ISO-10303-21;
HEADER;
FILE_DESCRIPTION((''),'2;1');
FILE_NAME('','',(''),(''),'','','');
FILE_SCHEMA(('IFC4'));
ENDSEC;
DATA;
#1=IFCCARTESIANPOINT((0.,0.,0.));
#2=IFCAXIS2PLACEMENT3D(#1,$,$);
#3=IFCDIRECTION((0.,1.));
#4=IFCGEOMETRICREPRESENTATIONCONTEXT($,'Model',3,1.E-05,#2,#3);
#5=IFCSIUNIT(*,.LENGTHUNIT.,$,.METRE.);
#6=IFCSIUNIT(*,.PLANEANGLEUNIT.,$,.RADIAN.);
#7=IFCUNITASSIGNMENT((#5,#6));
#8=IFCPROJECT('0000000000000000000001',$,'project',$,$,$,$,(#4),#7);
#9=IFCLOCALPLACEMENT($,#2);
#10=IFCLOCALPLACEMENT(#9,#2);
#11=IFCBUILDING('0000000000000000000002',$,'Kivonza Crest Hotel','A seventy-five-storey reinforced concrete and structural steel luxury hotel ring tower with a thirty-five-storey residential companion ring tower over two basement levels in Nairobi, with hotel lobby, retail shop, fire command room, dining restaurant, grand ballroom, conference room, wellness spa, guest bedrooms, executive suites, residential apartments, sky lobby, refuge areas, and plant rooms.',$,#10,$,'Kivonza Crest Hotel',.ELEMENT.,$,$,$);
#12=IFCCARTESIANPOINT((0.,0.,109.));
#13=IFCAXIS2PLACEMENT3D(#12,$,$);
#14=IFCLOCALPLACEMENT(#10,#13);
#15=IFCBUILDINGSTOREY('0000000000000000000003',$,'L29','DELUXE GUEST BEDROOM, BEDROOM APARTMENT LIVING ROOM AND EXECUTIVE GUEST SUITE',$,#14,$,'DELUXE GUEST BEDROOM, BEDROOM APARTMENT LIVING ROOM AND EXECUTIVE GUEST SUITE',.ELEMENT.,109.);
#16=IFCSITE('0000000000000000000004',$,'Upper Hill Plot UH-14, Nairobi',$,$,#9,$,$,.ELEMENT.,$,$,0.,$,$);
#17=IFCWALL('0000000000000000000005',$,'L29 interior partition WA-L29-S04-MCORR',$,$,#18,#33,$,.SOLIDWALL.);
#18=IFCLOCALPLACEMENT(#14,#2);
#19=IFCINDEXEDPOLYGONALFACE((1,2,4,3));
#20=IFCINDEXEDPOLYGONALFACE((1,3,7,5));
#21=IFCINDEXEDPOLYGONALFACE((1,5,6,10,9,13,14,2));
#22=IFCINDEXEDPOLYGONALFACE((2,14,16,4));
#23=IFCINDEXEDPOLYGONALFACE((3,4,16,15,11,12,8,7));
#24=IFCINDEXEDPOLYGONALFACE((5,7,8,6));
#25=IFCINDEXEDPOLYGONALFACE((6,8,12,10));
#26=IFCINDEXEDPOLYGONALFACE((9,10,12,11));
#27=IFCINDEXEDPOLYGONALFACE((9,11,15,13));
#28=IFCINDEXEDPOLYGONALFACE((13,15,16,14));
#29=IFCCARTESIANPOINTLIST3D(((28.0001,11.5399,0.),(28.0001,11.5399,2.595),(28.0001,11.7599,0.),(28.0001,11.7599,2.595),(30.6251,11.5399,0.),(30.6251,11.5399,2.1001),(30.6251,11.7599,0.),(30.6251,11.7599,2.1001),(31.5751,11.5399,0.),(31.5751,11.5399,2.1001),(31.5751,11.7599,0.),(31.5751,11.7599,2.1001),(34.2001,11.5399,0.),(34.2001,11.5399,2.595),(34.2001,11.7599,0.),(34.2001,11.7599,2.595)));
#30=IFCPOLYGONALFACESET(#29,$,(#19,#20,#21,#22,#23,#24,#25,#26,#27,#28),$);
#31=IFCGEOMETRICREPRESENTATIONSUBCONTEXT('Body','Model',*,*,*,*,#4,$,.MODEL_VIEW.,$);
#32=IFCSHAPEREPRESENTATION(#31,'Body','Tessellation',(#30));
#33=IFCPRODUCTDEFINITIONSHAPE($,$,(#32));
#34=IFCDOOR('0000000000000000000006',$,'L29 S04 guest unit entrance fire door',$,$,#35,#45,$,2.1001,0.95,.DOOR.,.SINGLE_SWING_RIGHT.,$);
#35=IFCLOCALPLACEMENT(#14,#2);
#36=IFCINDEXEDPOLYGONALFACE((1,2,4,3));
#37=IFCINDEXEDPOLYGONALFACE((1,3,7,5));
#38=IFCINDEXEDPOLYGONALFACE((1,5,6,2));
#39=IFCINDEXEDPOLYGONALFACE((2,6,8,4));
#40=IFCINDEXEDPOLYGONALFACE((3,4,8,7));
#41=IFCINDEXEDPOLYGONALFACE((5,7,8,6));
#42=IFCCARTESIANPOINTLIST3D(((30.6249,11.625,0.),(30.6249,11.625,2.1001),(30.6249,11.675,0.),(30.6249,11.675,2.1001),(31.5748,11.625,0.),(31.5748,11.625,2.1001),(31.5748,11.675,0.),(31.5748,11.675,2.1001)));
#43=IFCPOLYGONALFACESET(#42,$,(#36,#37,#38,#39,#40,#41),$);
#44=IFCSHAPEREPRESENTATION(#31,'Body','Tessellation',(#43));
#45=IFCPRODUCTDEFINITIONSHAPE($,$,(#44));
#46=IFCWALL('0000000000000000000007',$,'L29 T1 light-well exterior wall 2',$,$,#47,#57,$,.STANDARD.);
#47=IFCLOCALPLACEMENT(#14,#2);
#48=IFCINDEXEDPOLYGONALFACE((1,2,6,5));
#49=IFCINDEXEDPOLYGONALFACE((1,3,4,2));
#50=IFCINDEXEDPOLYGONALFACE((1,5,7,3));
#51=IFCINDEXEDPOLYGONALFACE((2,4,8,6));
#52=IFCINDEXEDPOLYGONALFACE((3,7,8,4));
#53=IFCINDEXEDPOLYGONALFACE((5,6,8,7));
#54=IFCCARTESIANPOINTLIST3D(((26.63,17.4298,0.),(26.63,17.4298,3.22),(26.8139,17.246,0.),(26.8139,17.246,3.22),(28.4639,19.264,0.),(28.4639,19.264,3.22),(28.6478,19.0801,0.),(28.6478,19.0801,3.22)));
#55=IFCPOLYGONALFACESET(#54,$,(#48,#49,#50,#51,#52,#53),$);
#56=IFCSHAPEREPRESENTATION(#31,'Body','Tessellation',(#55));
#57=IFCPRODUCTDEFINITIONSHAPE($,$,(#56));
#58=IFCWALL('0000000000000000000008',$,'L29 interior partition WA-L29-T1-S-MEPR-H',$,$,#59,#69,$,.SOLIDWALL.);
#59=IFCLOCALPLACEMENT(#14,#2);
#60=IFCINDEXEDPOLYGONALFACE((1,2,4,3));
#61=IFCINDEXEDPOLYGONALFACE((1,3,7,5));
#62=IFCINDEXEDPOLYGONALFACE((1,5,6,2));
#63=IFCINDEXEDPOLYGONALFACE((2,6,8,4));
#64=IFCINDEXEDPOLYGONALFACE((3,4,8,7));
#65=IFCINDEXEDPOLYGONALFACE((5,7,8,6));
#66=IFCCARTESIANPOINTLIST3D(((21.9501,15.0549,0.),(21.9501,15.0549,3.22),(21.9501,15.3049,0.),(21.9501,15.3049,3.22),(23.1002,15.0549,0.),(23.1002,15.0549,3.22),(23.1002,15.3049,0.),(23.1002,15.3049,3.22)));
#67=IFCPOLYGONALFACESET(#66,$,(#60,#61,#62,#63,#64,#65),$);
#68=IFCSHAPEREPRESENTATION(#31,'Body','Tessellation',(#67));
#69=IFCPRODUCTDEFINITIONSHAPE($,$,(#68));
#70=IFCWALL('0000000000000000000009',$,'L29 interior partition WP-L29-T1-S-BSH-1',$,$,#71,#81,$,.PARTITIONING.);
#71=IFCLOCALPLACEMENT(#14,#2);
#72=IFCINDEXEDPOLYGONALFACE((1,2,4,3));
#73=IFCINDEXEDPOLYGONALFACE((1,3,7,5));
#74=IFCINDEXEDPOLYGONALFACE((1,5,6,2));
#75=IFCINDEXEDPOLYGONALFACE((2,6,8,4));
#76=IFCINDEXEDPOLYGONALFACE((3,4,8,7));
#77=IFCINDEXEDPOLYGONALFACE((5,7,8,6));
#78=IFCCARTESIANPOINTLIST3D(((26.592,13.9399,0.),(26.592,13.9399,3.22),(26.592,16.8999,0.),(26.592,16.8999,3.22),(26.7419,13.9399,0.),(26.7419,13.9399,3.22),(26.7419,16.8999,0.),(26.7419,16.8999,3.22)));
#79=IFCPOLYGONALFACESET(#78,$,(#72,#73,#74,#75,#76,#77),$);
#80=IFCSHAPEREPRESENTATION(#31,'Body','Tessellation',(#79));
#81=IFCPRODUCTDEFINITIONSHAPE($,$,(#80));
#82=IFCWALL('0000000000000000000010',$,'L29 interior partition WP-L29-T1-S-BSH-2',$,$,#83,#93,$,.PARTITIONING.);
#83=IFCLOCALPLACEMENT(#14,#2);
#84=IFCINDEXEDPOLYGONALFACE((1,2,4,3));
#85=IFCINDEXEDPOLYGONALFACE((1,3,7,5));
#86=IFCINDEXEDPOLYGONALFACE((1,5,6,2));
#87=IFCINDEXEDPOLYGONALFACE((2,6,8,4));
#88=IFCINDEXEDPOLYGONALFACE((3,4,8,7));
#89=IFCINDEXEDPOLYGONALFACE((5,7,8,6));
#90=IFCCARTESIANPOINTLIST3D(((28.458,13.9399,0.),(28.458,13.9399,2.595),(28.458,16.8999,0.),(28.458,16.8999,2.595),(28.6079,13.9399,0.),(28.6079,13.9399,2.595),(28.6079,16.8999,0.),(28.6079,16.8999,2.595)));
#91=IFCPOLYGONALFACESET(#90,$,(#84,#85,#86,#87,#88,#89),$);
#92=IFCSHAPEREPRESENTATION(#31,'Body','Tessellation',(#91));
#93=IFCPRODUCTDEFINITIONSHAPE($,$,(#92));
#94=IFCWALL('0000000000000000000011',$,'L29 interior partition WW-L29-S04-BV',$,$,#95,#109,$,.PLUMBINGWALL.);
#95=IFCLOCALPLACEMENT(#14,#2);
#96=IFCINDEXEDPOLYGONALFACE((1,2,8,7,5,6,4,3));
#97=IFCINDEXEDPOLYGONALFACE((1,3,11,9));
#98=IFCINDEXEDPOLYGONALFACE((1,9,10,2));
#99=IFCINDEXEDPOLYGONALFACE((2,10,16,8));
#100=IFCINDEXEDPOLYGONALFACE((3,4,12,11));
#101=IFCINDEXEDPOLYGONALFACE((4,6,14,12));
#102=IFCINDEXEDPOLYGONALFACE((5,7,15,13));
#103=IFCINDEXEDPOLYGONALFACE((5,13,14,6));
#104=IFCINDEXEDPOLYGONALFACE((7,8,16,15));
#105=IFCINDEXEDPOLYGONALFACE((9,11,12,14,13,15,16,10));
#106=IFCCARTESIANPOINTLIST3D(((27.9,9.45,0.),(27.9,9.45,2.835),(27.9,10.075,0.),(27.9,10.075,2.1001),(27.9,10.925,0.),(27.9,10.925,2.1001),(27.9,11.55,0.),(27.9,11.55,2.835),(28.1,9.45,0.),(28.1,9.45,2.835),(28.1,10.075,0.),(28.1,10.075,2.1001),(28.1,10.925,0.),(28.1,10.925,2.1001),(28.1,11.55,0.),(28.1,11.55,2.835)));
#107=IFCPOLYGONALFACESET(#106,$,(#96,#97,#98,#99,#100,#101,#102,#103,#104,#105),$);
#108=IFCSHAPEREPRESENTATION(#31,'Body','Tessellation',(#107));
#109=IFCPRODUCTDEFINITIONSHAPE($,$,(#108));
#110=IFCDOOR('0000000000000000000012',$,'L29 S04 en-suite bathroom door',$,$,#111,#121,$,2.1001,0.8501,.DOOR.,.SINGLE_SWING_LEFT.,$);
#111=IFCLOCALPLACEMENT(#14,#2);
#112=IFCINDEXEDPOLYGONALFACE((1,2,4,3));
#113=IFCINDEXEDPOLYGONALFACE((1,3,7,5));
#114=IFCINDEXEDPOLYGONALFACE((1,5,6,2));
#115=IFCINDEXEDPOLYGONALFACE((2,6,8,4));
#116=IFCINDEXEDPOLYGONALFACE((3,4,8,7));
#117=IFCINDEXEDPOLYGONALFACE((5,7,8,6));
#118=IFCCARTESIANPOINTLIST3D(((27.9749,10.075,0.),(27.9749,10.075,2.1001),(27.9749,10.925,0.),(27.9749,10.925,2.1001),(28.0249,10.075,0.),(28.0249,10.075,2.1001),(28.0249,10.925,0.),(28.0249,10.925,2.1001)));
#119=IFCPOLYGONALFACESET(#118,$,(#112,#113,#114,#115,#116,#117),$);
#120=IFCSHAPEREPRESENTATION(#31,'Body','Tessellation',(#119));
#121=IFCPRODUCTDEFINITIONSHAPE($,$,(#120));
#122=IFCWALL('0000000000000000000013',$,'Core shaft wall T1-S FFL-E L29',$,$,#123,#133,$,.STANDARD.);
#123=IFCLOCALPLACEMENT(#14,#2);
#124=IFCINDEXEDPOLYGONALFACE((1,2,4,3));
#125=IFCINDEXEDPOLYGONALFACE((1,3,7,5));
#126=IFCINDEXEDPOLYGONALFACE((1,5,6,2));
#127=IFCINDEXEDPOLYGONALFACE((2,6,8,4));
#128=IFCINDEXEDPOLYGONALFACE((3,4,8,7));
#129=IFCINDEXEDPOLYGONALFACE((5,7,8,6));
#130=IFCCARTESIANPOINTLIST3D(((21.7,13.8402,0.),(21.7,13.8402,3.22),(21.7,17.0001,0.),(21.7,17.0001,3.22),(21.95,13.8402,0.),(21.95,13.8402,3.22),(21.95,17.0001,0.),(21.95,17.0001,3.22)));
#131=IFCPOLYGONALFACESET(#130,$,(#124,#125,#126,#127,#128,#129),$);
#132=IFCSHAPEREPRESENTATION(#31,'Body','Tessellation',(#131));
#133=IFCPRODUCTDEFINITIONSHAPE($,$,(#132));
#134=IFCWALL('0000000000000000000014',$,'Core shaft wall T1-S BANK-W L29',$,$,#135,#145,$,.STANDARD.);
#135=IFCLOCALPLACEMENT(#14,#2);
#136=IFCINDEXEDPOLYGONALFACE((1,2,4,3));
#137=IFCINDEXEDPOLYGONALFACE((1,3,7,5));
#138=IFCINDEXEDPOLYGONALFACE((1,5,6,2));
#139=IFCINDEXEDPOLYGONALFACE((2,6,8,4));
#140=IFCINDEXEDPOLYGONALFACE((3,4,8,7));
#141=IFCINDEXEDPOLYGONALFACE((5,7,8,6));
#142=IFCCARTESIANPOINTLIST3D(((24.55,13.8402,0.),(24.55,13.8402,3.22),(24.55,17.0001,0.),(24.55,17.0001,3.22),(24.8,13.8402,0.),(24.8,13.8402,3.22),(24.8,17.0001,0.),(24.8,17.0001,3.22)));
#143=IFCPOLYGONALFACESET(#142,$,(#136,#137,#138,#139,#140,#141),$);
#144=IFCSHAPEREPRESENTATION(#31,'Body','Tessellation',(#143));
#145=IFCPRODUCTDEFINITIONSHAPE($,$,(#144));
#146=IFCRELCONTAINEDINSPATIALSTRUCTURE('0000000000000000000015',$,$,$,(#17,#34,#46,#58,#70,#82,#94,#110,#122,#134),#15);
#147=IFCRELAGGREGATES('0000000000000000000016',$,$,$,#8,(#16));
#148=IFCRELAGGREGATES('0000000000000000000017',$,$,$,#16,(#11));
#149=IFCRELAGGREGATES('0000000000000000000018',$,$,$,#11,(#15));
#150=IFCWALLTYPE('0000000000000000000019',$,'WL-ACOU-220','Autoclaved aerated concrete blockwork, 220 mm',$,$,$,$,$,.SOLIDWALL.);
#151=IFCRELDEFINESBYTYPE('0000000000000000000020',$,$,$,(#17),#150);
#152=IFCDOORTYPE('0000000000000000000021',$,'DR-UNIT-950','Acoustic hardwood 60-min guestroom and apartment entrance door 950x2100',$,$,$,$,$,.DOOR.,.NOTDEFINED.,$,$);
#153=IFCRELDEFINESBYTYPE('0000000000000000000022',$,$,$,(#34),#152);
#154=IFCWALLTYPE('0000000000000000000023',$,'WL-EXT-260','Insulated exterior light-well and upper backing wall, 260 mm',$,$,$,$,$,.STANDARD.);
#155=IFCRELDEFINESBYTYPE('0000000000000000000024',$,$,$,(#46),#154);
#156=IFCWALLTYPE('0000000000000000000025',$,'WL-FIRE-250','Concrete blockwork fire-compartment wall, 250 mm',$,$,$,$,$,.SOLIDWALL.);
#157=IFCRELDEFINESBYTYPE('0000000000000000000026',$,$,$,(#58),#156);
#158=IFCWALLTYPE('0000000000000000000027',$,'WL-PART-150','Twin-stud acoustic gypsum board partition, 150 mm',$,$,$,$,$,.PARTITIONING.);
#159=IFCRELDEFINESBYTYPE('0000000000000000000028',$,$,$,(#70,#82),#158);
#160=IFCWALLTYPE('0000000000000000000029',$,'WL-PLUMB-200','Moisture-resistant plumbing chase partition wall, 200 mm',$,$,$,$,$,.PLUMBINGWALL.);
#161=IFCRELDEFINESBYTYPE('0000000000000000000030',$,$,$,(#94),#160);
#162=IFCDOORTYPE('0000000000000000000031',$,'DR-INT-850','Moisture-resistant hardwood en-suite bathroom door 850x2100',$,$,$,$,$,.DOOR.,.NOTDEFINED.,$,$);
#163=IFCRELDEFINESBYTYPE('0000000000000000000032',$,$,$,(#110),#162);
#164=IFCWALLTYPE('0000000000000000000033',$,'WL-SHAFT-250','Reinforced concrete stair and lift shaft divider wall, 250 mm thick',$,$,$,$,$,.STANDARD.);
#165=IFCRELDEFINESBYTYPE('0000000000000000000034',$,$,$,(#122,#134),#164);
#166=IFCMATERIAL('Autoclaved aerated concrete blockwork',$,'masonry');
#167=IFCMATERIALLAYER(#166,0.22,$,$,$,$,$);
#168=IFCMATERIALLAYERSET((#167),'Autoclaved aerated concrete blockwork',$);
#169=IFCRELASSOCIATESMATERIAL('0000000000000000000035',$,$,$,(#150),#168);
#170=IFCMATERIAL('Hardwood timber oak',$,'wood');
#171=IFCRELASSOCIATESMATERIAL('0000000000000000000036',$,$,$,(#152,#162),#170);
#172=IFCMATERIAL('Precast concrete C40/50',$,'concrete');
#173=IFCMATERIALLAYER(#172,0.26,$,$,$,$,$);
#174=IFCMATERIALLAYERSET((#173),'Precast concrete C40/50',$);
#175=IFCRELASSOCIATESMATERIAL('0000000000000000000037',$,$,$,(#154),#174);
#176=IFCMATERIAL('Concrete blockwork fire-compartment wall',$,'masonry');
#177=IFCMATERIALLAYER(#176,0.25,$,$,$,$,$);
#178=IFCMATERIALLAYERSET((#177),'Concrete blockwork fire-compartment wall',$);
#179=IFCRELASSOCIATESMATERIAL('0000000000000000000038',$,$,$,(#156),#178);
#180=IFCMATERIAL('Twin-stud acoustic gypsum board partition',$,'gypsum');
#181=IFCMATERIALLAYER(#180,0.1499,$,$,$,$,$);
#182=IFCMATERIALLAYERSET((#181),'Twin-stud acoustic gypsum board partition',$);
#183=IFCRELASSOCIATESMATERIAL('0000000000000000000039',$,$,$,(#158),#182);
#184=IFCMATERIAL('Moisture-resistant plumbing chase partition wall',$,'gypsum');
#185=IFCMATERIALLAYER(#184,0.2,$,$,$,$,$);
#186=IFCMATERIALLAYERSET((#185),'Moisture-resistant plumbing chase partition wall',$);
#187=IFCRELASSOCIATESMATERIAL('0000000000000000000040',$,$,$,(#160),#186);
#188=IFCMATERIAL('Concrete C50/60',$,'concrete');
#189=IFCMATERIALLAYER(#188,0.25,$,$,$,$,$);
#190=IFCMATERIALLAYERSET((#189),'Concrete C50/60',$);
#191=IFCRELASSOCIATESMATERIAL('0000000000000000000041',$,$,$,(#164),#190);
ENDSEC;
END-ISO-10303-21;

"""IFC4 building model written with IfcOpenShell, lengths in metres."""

from ifc_helpers import new_model, si_unit, direction, frame, frame_2d, origin, place, context, subcontext, project, spatial, rectangle, extrude, material, layer, layer_set, type_object, element, fill, save


model = new_model("IFC4")

# Units and contexts
model_context = context("Model", 3, precision=1e-05, world=origin(), true_north=direction((0.0, 1.0)))
body_context = subcontext(model_context, "Body", "Model", "MODEL_VIEW")
ifc_project = project(units=[si_unit("LENGTHUNIT", "METRE"), si_unit("PLANEANGLEUNIT", "RADIAN")], contexts=[model_context])

# Site, building, storey
site_placement = place(None, origin())
site = spatial("IfcSite", under=ifc_project, at=site_placement, Name="Upper Hill Plot UH-14, Nairobi", CompositionType="ELEMENT", RefElevation=0.0)
building_placement = place(site_placement, origin())
building = spatial("IfcBuilding", under=site, at=building_placement, Name="Kivonza Crest Hotel", Description="A seventy-five-storey reinforced concrete and structural steel luxury hotel ring tower with a thirty-five-storey residential companion ring tower over two basement levels in Nairobi, with hotel lobby, retail shop, fire command room, dining restaurant, grand ballroom, conference room, wellness spa, guest bedrooms, executive suites, residential apartments, sky lobby, refuge areas, and plant rooms.", LongName="Kivonza Crest Hotel", CompositionType="ELEMENT")
storey_placement = place(building_placement, frame((0.0, 0.0, 109.0)))
storey = spatial("IfcBuildingStorey", under=building, at=storey_placement, Name="L29", Description="DELUXE GUEST BEDROOM, BEDROOM APARTMENT LIVING ROOM AND EXECUTIVE GUEST SUITE", LongName="DELUXE GUEST BEDROOM, BEDROOM APARTMENT LIVING ROOM AND EXECUTIVE GUEST SUITE", CompositionType="ELEMENT", Elevation=109.0)

# Shared definitions
ifc_material_1 = material(Name="Autoclaved aerated concrete blockwork", Category="masonry")
ifc_layer_1 = layer(ifc_material_1, 0.22)
ifc_layer_set_1 = layer_set([ifc_layer_1], Name="Autoclaved aerated concrete blockwork")
wall_type_1 = type_object("IfcWallType", Name="WL-ACOU-220", Description="Autoclaved aerated concrete blockwork, 220 mm", PredefinedType="SOLIDWALL", material=ifc_layer_set_1)
ifc_material_2 = material(Name="Hardwood timber oak", Category="wood")

# Wall, opening, door
wall_1_placement = place(storey_placement, frame((28.0, 11.6499, 0.0), z_axis=(0.0, 0.0, 1.0), x_axis=(1.0, 0.0, 0.0)))
wall_1 = element("IfcWall", 1, at=wall_1_placement, inside=storey, type_object=wall_type_1, Name="L29 interior partition WA-L29-S04-MCORR", PredefinedType="SOLIDWALL", context=body_context, shape_type="SweptSolid", body=[
    extrude(rectangle(XDim=6.2, YDim=0.22, at=frame_2d((3.1001, 0.0))), origin(), (0.0, 0.0, 1.0), 2.595),
])
opening_1_placement = place(wall_1_placement, frame((2.625, 0.0, 0.0)))
opening_1 = element("IfcOpeningElement", 2, at=opening_1_placement, cuts=wall_1, PredefinedType="OPENING", context=body_context, shape_type="SweptSolid", body=[
    extrude(rectangle(XDim=0.95, YDim=2.1001, at=frame_2d((0.4751, 1.05))), frame((0.0, 0.1201, 0.0), z_axis=(0.0, -1.0, 0.0), x_axis=(1.0, 0.0, 0.0)), (0.0, 0.0, 1.0), 0.24),
])
door_type_1 = type_object("IfcDoorType", Name="DR-UNIT-950", Description="Acoustic hardwood 60-min guestroom and apartment entrance door 950x2100", OperationType="NOTDEFINED", PredefinedType="DOOR", material=ifc_material_2)
door_1_placement = place(opening_1_placement, frame((0.95, 0.0, 0.0), z_axis=(0.0, 0.0, 1.0), x_axis=(-1.0, 0.0, 0.0)))
door_1 = element("IfcDoor", 3, at=door_1_placement, inside=storey, type_object=door_type_1, Name="L29 S04 guest unit entrance fire door", OperationType="SINGLE_SWING_RIGHT", OverallHeight=2.1001, OverallWidth=0.95, PredefinedType="DOOR", context=body_context, shape_type="SweptSolid", body=[
    extrude(rectangle(XDim=0.95, YDim=2.1001, at=frame_2d((0.4751, 1.05))), frame((0.0, 0.0249, 0.0), z_axis=(0.0, -1.0, 0.0), x_axis=(1.0, 0.0, 0.0)), (0.0, 0.0, 1.0), 0.05),
])
fill(opening_1, door_1)

# Walls
ifc_material_3 = material(Name="Precast concrete C40/50", Category="concrete")
ifc_layer_2 = layer(ifc_material_3, 0.26)
ifc_layer_set_2 = layer_set([ifc_layer_2], Name="Precast concrete C40/50")
wall_type_2 = type_object("IfcWallType", Name="WL-EXT-260", Description="Insulated exterior light-well and upper backing wall, 260 mm", PredefinedType="STANDARD", material=ifc_layer_set_2)
wall_2_placement = place(storey_placement, frame((26.7219, 17.3379, 0.0), z_axis=(0.0, 0.0, 1.0), x_axis=(0.70706, 0.707154, 0.0)))
element("IfcWall", 4, at=wall_2_placement, inside=storey, type_object=wall_type_2, Name="L29 T1 light-well exterior wall 2", PredefinedType="STANDARD", context=body_context, shape_type="SweptSolid", body=[
    extrude(rectangle(XDim=2.5938, YDim=0.26, at=frame_2d((1.2969, 0.0))), origin(), (0.0, 0.0, 1.0), 3.22),
])
ifc_material_4 = material(Name="Concrete blockwork fire-compartment wall", Category="masonry")
ifc_layer_3 = layer(ifc_material_4, 0.25)
ifc_layer_set_3 = layer_set([ifc_layer_3], Name="Concrete blockwork fire-compartment wall")
wall_type_3 = type_object("IfcWallType", Name="WL-FIRE-250", Description="Concrete blockwork fire-compartment wall, 250 mm", PredefinedType="SOLIDWALL", material=ifc_layer_set_3)
wall_3_placement = place(storey_placement, frame((21.95, 15.1799, 0.0), z_axis=(0.0, 0.0, 1.0), x_axis=(1.0, 0.0, 0.0)))
element("IfcWall", 5, at=wall_3_placement, inside=storey, type_object=wall_type_3, Name="L29 interior partition WA-L29-T1-S-MEPR-H", PredefinedType="SOLIDWALL", context=body_context, shape_type="SweptSolid", body=[
    extrude(rectangle(XDim=1.1501, YDim=0.25, at=frame_2d((0.5752, 0.0))), origin(), (0.0, 0.0, 1.0), 3.22),
])
ifc_material_5 = material(Name="Twin-stud acoustic gypsum board partition", Category="gypsum")
ifc_layer_4 = layer(ifc_material_5, 0.1499)
ifc_layer_set_4 = layer_set([ifc_layer_4], Name="Twin-stud acoustic gypsum board partition")
wall_type_4 = type_object("IfcWallType", Name="WL-PART-150", Description="Twin-stud acoustic gypsum board partition, 150 mm", PredefinedType="PARTITIONING", material=ifc_layer_set_4)
wall_4_placement = place(storey_placement, frame((26.667, 13.9399, 0.0), z_axis=(0.0, 0.0, 1.0), x_axis=(0.0, 1.0, 0.0)))
element("IfcWall", 6, at=wall_4_placement, inside=storey, type_object=wall_type_4, Name="L29 interior partition WP-L29-T1-S-BSH-1", PredefinedType="PARTITIONING", context=body_context, shape_type="SweptSolid", body=[
    extrude(rectangle(XDim=2.96, YDim=0.1499, at=frame_2d((1.48, 0.0))), origin(), (0.0, 0.0, 1.0), 3.22),
])
wall_5_placement = place(storey_placement, frame((28.533, 13.9399, 0.0), z_axis=(0.0, 0.0, 1.0), x_axis=(0.0, 1.0, 0.0)))
element("IfcWall", 7, at=wall_5_placement, inside=storey, type_object=wall_type_4, Name="L29 interior partition WP-L29-T1-S-BSH-2", PredefinedType="PARTITIONING", context=body_context, shape_type="SweptSolid", body=[
    extrude(rectangle(XDim=2.96, YDim=0.1499, at=frame_2d((1.48, 0.0))), origin(), (0.0, 0.0, 1.0), 2.595),
])

# Wall, opening, door
ifc_material_6 = material(Name="Moisture-resistant plumbing chase partition wall", Category="gypsum")
ifc_layer_5 = layer(ifc_material_6, 0.2)
ifc_layer_set_5 = layer_set([ifc_layer_5], Name="Moisture-resistant plumbing chase partition wall")
wall_type_5 = type_object("IfcWallType", Name="WL-PLUMB-200", Description="Moisture-resistant plumbing chase partition wall, 200 mm", PredefinedType="PLUMBINGWALL", material=ifc_layer_set_5)
wall_6_placement = place(storey_placement, frame((28.0, 9.45, 0.0), z_axis=(0.0, 0.0, 1.0), x_axis=(0.0, 1.0, 0.0)))
wall_6 = element("IfcWall", 8, at=wall_6_placement, inside=storey, type_object=wall_type_5, Name="L29 interior partition WW-L29-S04-BV", PredefinedType="PLUMBINGWALL", context=body_context, shape_type="SweptSolid", body=[
    extrude(rectangle(XDim=2.1001, YDim=0.2, at=frame_2d((1.05, 0.0))), origin(), (0.0, 0.0, 1.0), 2.835),
])
opening_2_placement = place(wall_6_placement, frame((0.625, 0.0, 0.0)))
opening_2 = element("IfcOpeningElement", 9, at=opening_2_placement, cuts=wall_6, PredefinedType="OPENING", context=body_context, shape_type="SweptSolid", body=[
    extrude(rectangle(XDim=0.8501, YDim=2.1001, at=frame_2d((0.425, 1.05))), frame((0.0, 0.1099, 0.0), z_axis=(0.0, -1.0, 0.0), x_axis=(1.0, 0.0, 0.0)), (0.0, 0.0, 1.0), 0.22),
])
door_type_2 = type_object("IfcDoorType", Name="DR-INT-850", Description="Moisture-resistant hardwood en-suite bathroom door 850x2100", OperationType="NOTDEFINED", PredefinedType="DOOR", material=ifc_material_2)
door_2_placement = place(opening_2_placement, frame((0.8501, 0.0, 0.0), z_axis=(0.0, 0.0, 1.0), x_axis=(-1.0, 0.0, 0.0)))
door_2 = element("IfcDoor", 10, at=door_2_placement, inside=storey, type_object=door_type_2, Name="L29 S04 en-suite bathroom door", OperationType="SINGLE_SWING_LEFT", OverallHeight=2.1001, OverallWidth=0.8501, PredefinedType="DOOR", context=body_context, shape_type="SweptSolid", body=[
    extrude(rectangle(XDim=0.8501, YDim=2.1001, at=frame_2d((0.425, 1.05))), frame((0.0, 0.0249, 0.0), z_axis=(0.0, -1.0, 0.0), x_axis=(1.0, 0.0, 0.0)), (0.0, 0.0, 1.0), 0.05),
])
fill(opening_2, door_2)
ifc_material_7 = material(Name="Concrete C50/60", Category="concrete")
ifc_layer_6 = layer(ifc_material_7, 0.25)
ifc_layer_set_6 = layer_set([ifc_layer_6], Name="Concrete C50/60")
wall_type_6 = type_object("IfcWallType", Name="WL-SHAFT-250", Description="Reinforced concrete stair and lift shaft divider wall, 250 mm thick", PredefinedType="STANDARD", material=ifc_layer_set_6)

# Walls
for number, where, z_axis, x_axis, name in (
    (11, (21.825, 13.8401, 0.0), (0.0, 0.0, 1.0), (0.0, 1.0, 0.0), "Core shaft wall T1-S FFL-E L29"),
    (12, (24.675, 13.8401, 0.0), (0.0, 0.0, 1.0), (0.0, 1.0, 0.0), "Core shaft wall T1-S BANK-W L29"),
):
    element("IfcWall", number, at=place(storey_placement, frame(where, z_axis=z_axis, x_axis=x_axis)), inside=storey, type_object=wall_type_6, Name=name, PredefinedType="STANDARD", context=body_context, shape_type="SweptSolid", body=[
        extrude(rectangle(XDim=3.1599, YDim=0.25, at=frame_2d((1.5801, 0.0))), origin(), (0.0, 0.0, 1.0), 3.22),
    ])

save(model, "model.ifc")
